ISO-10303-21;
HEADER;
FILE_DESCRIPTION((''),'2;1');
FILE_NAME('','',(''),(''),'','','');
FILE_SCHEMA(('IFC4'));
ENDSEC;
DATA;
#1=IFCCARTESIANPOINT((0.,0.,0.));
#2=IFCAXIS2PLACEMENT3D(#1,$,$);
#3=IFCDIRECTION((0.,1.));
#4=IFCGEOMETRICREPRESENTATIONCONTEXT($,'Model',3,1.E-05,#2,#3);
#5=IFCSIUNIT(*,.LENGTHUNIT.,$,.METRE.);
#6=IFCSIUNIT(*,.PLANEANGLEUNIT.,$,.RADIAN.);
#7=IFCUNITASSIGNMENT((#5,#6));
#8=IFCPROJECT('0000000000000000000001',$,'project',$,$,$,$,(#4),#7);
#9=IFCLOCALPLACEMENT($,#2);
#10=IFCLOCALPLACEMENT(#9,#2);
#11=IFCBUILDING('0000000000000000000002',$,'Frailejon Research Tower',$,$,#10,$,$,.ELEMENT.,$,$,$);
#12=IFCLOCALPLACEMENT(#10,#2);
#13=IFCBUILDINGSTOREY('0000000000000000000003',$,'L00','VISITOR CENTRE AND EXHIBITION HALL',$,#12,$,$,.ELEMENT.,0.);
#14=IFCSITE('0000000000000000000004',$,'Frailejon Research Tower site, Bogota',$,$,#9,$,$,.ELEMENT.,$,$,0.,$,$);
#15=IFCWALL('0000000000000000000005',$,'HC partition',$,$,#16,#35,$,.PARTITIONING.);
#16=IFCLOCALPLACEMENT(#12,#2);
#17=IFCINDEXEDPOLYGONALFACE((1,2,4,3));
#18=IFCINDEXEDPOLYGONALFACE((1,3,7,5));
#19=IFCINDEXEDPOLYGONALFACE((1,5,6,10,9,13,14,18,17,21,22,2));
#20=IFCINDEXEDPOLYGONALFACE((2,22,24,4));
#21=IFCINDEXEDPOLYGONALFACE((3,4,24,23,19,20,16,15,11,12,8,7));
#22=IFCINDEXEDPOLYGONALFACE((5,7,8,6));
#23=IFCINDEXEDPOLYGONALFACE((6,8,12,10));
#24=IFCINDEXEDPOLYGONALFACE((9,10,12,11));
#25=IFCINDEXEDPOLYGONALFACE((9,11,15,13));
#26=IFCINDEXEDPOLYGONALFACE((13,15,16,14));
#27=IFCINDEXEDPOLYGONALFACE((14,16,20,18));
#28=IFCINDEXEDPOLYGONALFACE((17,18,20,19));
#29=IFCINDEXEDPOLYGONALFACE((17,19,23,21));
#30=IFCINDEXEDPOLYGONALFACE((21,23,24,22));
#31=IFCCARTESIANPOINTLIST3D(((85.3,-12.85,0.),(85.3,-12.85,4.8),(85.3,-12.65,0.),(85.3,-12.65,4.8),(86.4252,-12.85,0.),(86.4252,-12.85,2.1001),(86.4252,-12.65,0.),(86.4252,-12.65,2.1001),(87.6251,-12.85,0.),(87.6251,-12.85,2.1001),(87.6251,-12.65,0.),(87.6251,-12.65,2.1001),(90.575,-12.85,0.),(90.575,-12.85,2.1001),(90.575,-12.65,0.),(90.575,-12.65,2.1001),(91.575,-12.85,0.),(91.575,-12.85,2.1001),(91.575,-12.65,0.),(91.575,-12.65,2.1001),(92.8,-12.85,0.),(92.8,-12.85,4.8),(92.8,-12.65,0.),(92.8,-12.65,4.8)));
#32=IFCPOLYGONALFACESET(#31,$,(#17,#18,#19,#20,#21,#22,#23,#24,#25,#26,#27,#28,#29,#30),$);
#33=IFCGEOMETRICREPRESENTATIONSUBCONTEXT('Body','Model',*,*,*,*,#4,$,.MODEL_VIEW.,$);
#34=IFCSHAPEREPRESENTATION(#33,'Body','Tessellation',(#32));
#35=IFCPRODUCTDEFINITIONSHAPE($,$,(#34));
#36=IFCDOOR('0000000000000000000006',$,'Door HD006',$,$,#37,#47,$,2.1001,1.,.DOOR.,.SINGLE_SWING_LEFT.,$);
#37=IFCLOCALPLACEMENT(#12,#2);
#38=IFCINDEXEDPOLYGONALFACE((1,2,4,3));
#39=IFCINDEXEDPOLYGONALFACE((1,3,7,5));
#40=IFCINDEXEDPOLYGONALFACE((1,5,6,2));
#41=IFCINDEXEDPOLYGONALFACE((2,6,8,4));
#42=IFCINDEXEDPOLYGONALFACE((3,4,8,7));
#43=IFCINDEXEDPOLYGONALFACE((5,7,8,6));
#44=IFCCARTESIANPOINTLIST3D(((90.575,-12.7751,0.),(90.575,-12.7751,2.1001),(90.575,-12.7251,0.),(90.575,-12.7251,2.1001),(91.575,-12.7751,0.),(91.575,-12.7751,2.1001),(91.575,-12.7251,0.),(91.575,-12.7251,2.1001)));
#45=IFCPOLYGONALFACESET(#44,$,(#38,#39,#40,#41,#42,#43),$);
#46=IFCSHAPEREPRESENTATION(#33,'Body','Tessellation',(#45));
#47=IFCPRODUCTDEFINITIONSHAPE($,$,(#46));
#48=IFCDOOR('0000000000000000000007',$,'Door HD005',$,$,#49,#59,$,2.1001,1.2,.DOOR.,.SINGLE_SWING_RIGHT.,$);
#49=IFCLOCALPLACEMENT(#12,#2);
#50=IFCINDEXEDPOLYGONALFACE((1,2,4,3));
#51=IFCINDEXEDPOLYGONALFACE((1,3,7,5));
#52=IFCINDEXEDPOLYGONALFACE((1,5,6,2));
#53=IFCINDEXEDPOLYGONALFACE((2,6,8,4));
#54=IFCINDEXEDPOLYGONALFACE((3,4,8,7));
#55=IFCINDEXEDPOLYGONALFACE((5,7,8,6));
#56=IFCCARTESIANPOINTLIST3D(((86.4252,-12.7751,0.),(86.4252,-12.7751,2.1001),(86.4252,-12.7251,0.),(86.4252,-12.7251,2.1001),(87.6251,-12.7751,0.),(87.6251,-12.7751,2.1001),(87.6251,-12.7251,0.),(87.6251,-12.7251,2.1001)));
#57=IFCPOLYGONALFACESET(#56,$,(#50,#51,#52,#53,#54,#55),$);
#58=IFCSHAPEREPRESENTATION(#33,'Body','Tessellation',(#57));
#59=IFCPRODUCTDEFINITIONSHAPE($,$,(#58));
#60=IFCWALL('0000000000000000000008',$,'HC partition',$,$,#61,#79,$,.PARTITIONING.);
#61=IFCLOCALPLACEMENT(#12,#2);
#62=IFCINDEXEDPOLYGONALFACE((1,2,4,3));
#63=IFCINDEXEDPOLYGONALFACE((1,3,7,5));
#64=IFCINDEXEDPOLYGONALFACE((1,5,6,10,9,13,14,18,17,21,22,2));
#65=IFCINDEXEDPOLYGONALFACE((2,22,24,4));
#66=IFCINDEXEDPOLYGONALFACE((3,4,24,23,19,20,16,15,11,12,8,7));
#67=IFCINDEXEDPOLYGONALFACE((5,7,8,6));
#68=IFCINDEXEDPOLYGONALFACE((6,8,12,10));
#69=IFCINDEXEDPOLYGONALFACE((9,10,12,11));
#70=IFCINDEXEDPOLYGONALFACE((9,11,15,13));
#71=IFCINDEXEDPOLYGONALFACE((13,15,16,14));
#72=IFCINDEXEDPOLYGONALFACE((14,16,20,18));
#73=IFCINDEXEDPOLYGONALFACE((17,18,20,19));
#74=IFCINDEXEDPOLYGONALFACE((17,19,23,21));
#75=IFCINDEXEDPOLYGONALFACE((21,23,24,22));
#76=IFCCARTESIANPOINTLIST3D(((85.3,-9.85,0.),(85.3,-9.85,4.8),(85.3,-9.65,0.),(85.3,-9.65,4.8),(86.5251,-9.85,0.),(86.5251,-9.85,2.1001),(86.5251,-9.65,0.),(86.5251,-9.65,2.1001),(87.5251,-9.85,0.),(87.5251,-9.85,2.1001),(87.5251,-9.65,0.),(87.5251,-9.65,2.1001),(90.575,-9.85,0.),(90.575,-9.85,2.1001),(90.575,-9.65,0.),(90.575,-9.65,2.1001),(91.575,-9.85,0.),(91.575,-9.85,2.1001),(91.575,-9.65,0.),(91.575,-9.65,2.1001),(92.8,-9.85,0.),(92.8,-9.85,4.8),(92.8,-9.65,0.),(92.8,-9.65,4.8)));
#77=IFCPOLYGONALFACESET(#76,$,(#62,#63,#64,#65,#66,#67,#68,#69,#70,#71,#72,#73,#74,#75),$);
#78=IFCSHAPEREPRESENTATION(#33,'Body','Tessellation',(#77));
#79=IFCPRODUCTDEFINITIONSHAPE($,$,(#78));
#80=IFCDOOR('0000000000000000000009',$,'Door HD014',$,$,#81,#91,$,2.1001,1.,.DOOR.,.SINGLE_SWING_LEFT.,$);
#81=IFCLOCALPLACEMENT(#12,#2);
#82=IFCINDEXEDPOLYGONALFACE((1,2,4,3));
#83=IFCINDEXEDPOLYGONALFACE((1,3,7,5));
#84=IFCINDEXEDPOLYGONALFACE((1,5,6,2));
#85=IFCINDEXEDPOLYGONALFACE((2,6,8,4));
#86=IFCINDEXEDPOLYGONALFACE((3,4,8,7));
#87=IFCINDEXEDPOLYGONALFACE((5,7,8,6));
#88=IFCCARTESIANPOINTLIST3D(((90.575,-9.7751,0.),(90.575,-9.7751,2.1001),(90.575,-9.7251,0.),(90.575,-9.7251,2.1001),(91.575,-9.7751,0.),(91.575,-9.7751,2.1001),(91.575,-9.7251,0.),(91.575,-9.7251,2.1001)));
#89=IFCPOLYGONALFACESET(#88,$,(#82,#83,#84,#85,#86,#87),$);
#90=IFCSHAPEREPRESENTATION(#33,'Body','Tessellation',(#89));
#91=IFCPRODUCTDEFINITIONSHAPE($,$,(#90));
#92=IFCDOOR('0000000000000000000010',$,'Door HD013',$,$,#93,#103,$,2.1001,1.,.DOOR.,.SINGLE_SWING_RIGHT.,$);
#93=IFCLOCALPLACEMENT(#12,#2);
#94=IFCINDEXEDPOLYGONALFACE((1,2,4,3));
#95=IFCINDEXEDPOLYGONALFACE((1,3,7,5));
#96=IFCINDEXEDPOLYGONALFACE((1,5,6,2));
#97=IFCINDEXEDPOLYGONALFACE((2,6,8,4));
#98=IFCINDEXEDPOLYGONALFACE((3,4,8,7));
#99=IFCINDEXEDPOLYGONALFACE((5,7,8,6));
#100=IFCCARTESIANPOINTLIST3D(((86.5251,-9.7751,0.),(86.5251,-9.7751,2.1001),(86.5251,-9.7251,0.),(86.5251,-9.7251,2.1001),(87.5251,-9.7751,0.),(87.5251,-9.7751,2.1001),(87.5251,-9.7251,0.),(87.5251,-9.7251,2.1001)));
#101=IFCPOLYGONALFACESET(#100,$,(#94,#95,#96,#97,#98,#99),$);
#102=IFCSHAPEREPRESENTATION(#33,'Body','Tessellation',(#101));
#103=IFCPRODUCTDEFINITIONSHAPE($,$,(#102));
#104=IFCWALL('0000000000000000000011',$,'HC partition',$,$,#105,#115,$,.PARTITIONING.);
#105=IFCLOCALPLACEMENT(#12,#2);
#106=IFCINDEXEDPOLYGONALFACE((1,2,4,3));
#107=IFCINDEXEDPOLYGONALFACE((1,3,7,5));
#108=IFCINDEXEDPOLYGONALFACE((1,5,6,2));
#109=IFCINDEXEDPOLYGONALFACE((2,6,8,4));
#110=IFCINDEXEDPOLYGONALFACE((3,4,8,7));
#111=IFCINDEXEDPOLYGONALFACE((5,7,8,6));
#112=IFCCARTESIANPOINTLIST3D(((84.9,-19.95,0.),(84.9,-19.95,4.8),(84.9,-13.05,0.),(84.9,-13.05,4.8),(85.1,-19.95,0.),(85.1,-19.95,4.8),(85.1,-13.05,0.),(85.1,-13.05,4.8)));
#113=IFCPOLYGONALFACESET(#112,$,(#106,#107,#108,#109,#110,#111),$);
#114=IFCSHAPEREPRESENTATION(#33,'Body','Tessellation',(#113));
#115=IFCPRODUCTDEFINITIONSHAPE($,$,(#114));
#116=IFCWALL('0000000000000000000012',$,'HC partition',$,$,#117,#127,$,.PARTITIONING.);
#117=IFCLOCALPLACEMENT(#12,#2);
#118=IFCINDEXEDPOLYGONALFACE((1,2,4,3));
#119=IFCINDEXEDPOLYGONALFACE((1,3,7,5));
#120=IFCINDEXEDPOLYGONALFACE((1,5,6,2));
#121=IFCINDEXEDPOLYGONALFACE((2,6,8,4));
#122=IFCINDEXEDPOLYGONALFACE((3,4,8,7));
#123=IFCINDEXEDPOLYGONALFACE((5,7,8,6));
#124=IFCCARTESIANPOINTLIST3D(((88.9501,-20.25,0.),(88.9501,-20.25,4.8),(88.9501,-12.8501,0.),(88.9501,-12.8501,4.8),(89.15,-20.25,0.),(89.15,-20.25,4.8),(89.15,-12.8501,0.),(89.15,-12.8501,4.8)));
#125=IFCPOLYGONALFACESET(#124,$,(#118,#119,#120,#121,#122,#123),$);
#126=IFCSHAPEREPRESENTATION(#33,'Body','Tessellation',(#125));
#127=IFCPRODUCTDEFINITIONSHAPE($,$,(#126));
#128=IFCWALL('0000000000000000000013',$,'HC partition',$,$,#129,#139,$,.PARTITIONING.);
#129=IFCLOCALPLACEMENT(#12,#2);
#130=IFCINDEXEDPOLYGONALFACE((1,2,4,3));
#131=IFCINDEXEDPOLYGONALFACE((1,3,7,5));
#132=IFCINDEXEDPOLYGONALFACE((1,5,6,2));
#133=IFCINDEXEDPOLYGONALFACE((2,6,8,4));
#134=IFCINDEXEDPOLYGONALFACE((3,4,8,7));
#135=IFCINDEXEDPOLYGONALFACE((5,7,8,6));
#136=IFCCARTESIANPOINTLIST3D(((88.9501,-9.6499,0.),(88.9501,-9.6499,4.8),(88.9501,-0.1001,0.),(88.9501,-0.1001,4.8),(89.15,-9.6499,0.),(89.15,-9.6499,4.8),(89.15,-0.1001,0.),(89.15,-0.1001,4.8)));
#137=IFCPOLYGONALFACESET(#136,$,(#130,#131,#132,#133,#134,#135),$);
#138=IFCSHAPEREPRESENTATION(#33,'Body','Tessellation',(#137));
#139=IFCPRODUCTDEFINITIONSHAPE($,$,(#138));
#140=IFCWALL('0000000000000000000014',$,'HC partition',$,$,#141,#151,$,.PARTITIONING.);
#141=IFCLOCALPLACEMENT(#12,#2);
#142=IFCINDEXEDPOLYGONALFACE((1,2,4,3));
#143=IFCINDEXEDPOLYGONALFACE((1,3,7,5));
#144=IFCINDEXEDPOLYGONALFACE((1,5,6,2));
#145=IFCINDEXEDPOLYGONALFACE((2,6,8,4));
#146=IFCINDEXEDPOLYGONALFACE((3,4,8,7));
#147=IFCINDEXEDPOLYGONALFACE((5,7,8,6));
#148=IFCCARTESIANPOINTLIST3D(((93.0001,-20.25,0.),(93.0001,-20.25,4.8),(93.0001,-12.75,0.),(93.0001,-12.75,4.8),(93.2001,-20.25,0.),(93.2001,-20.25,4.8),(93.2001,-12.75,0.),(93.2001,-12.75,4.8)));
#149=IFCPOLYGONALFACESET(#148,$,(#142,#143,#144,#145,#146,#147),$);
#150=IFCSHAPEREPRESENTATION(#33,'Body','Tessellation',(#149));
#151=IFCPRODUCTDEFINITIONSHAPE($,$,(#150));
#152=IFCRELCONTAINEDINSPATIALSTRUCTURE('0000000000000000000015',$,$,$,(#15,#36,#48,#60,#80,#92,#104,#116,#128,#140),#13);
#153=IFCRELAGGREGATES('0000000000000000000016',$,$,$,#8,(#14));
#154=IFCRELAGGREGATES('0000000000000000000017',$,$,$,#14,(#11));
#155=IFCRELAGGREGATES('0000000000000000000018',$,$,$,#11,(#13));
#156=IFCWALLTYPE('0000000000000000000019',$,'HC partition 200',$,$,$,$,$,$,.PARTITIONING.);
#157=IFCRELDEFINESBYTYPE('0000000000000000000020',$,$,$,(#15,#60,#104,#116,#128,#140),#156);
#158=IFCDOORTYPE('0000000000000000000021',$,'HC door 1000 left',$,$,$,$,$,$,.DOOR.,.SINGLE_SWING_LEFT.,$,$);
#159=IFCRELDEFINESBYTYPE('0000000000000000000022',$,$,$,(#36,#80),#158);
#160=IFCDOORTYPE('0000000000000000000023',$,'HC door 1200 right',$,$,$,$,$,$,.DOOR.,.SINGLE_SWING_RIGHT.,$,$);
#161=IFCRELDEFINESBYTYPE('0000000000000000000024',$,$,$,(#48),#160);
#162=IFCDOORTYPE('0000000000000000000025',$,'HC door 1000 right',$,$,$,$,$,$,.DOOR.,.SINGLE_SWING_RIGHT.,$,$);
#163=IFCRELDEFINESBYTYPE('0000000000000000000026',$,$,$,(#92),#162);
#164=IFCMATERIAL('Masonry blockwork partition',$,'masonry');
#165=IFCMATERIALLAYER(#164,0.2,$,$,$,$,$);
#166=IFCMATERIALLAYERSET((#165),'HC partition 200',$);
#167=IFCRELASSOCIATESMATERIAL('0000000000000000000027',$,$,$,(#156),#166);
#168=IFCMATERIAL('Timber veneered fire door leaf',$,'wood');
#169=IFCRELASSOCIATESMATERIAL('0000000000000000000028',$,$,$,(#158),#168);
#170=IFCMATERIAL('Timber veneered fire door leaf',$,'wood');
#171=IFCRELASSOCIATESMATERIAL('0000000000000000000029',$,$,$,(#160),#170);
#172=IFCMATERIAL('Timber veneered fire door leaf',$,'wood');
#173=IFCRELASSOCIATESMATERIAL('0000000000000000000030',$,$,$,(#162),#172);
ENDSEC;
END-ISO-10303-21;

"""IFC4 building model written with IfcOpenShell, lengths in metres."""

from ifc_helpers import new_model, si_unit, direction, frame, frame_2d, origin, place, context, subcontext, project, spatial, rectangle, extrude, material, layer, layer_set, type_object, element, fill, save


model = new_model("IFC4")

# Units and contexts
model_context = context("Model", 3, precision=1e-05, world=origin(), true_north=direction((0.0, 1.0)))
body_context = subcontext(model_context, "Body", "Model", "MODEL_VIEW")
ifc_project = project(units=[si_unit("LENGTHUNIT", "METRE"), si_unit("PLANEANGLEUNIT", "RADIAN")], contexts=[model_context])

# Site, building, storey
site_placement = place(None, origin())
site = spatial("IfcSite", under=ifc_project, at=site_placement, Name="Frailejon Research Tower site, Bogota", CompositionType="ELEMENT", RefElevation=0.0)
building_placement = place(site_placement, origin())
building = spatial("IfcBuilding", under=site, at=building_placement, Name="Frailejon Research Tower", CompositionType="ELEMENT")
storey_placement = place(building_placement, origin())
storey = spatial("IfcBuildingStorey", under=building, at=storey_placement, Name="L00", Description="VISITOR CENTRE AND EXHIBITION HALL", CompositionType="ELEMENT", Elevation=0.0)

# Walls, openings, doors
ifc_material_1 = material(Name="Masonry blockwork partition", Category="masonry")
ifc_layer = layer(ifc_material_1, 0.2)
ifc_layer_set = layer_set([ifc_layer], Name="HC partition 200")
wall_type = type_object("IfcWallType", Name="HC partition 200", PredefinedType="PARTITIONING", material=ifc_layer_set)
wall_1_placement = place(storey_placement, frame((85.3, -12.75, 0.0), z_axis=(0.0, 0.0, 1.0), x_axis=(1.0, 0.0, 0.0)))
wall_1 = element("IfcWall", 1, at=wall_1_placement, inside=storey, type_object=wall_type, Name="HC partition", PredefinedType="PARTITIONING", context=body_context, shape_type="SweptSolid", body=[
    extrude(rectangle(XDim=7.5, YDim=0.2, at=frame_2d((3.75, 0.0))), origin(), (0.0, 0.0, 1.0), 4.8),
])
opening_1_placement = place(wall_1_placement, frame((1.125, 0.0, 0.0)))
opening_1 = element("IfcOpeningElement", 2, at=opening_1_placement, cuts=wall_1, PredefinedType="OPENING", context=body_context, shape_type="SweptSolid", body=[
    extrude(rectangle(XDim=1.2, YDim=2.1001, at=frame_2d((0.6001, 1.05))), frame((0.0, 0.1099, 0.0), z_axis=(0.0, -1.0, 0.0), x_axis=(1.0, 0.0, 0.0)), (0.0, 0.0, 1.0), 0.22),
])
opening_2_placement = place(wall_1_placement, frame((5.2749, 0.0, 0.0)))
opening_2 = element("IfcOpeningElement", 3, at=opening_2_placement, cuts=wall_1, PredefinedType="OPENING", context=body_context, shape_type="SweptSolid", body=[
    extrude(rectangle(XDim=1.0, YDim=2.1001, at=frame_2d((0.5, 1.05))), frame((0.0, 0.1099, 0.0), z_axis=(0.0, -1.0, 0.0), x_axis=(1.0, 0.0, 0.0)), (0.0, 0.0, 1.0), 0.22),
])
ifc_material_2 = material(Name="Timber veneered fire door leaf", Category="wood")
door_type_1 = type_object("IfcDoorType", Name="HC door 1000 left", OperationType="SINGLE_SWING_LEFT", PredefinedType="DOOR", material=ifc_material_2)
door_1_placement = place(opening_2_placement, origin())
door_1 = element("IfcDoor", 4, at=door_1_placement, inside=storey, type_object=door_type_1, Name="Door HD006", OperationType="SINGLE_SWING_LEFT", OverallHeight=2.1001, OverallWidth=1.0, PredefinedType="DOOR", context=body_context, shape_type="SweptSolid", body=[
    extrude(rectangle(XDim=1.0, YDim=2.1001, at=frame_2d((0.5, 1.05))), frame((0.0, 0.0249, 0.0), z_axis=(0.0, -1.0, 0.0), x_axis=(1.0, 0.0, 0.0)), (0.0, 0.0, 1.0), 0.05),
])
fill(opening_2, door_1)
ifc_material_3 = material(Name="Timber veneered fire door leaf", Category="wood")
door_type_2 = type_object("IfcDoorType", Name="HC door 1200 right", OperationType="SINGLE_SWING_RIGHT", PredefinedType="DOOR", material=ifc_material_3)
door_2_placement = place(opening_1_placement, origin())
door_2 = element("IfcDoor", 5, at=door_2_placement, inside=storey, type_object=door_type_2, Name="Door HD005", OperationType="SINGLE_SWING_RIGHT", OverallHeight=2.1001, OverallWidth=1.2, PredefinedType="DOOR", context=body_context, shape_type="SweptSolid", body=[
    extrude(rectangle(XDim=1.2, YDim=2.1001, at=frame_2d((0.6001, 1.05))), frame((0.0, 0.0249, 0.0), z_axis=(0.0, -1.0, 0.0), x_axis=(1.0, 0.0, 0.0)), (0.0, 0.0, 1.0), 0.05),
])
fill(opening_1, door_2)
wall_2_placement = place(storey_placement, frame((85.3, -9.75, 0.0), z_axis=(0.0, 0.0, 1.0), x_axis=(1.0, 0.0, 0.0)))
wall_2 = element("IfcWall", 6, at=wall_2_placement, inside=storey, type_object=wall_type, Name="HC partition", PredefinedType="PARTITIONING", context=body_context, shape_type="SweptSolid", body=[
    extrude(rectangle(XDim=7.5, YDim=0.2, at=frame_2d((3.75, 0.0))), origin(), (0.0, 0.0, 1.0), 4.8),
])
opening_3_placement = place(wall_2_placement, frame((1.2251, 0.0, 0.0)))
opening_3 = element("IfcOpeningElement", 7, at=opening_3_placement, cuts=wall_2, PredefinedType="OPENING", context=body_context, shape_type="SweptSolid", body=[
    extrude(rectangle(XDim=1.0, YDim=2.1001, at=frame_2d((0.5, 1.05))), frame((0.0, 0.1099, 0.0), z_axis=(0.0, -1.0, 0.0), x_axis=(1.0, 0.0, 0.0)), (0.0, 0.0, 1.0), 0.22),
])
opening_4_placement = place(wall_2_placement, frame((5.2749, 0.0, 0.0)))
opening_4 = element("IfcOpeningElement", 8, at=opening_4_placement, cuts=wall_2, PredefinedType="OPENING", context=body_context, shape_type="SweptSolid", body=[
    extrude(rectangle(XDim=1.0, YDim=2.1001, at=frame_2d((0.5, 1.05))), frame((0.0, 0.1099, 0.0), z_axis=(0.0, -1.0, 0.0), x_axis=(1.0, 0.0, 0.0)), (0.0, 0.0, 1.0), 0.22),
])
door_3_placement = place(opening_4_placement, origin())
door_3 = element("IfcDoor", 9, at=door_3_placement, inside=storey, type_object=door_type_1, Name="Door HD014", OperationType="SINGLE_SWING_LEFT", OverallHeight=2.1001, OverallWidth=1.0, PredefinedType="DOOR", context=body_context, shape_type="SweptSolid", body=[
    extrude(rectangle(XDim=1.0, YDim=2.1001, at=frame_2d((0.5, 1.05))), frame((0.0, 0.0249, 0.0), z_axis=(0.0, -1.0, 0.0), x_axis=(1.0, 0.0, 0.0)), (0.0, 0.0, 1.0), 0.05),
])
fill(opening_4, door_3)
ifc_material_4 = material(Name="Timber veneered fire door leaf", Category="wood")
door_type_3 = type_object("IfcDoorType", Name="HC door 1000 right", OperationType="SINGLE_SWING_RIGHT", PredefinedType="DOOR", material=ifc_material_4)
door_4_placement = place(opening_3_placement, origin())
door_4 = element("IfcDoor", 10, at=door_4_placement, inside=storey, type_object=door_type_3, Name="Door HD013", OperationType="SINGLE_SWING_RIGHT", OverallHeight=2.1001, OverallWidth=1.0, PredefinedType="DOOR", context=body_context, shape_type="SweptSolid", body=[
    extrude(rectangle(XDim=1.0, YDim=2.1001, at=frame_2d((0.5, 1.05))), frame((0.0, 0.0249, 0.0), z_axis=(0.0, -1.0, 0.0), x_axis=(1.0, 0.0, 0.0)), (0.0, 0.0, 1.0), 0.05),
])
fill(opening_3, door_4)

# Walls
wall_3_placement = place(storey_placement, frame((85.0, -19.95, 0.0), z_axis=(0.0, 0.0, 1.0), x_axis=(0.0, 1.0, 0.0)))
element("IfcWall", 11, at=wall_3_placement, inside=storey, type_object=wall_type, Name="HC partition", PredefinedType="PARTITIONING", context=body_context, shape_type="SweptSolid", body=[
    extrude(rectangle(XDim=6.8999, YDim=0.2, at=frame_2d((3.45, 0.0))), origin(), (0.0, 0.0, 1.0), 4.8),
])
wall_4_placement = place(storey_placement, frame((89.05, -20.25, 0.0), z_axis=(0.0, 0.0, 1.0), x_axis=(0.0, 1.0, 0.0)))
element("IfcWall", 12, at=wall_4_placement, inside=storey, type_object=wall_type, Name="HC partition", PredefinedType="PARTITIONING", context=body_context, shape_type="SweptSolid", body=[
    extrude(rectangle(XDim=7.3999, YDim=0.2, at=frame_2d((3.7, 0.0))), origin(), (0.0, 0.0, 1.0), 4.8),
])
wall_5_placement = place(storey_placement, frame((89.05, -9.6499, 0.0), z_axis=(0.0, 0.0, 1.0), x_axis=(0.0, 1.0, 0.0)))
element("IfcWall", 13, at=wall_5_placement, inside=storey, type_object=wall_type, Name="HC partition", PredefinedType="PARTITIONING", context=body_context, shape_type="SweptSolid", body=[
    extrude(rectangle(XDim=9.5498, YDim=0.2, at=frame_2d((4.7749, 0.0))), origin(), (0.0, 0.0, 1.0), 4.8),
])
wall_6_placement = place(storey_placement, frame((93.1001, -20.25, 0.0), z_axis=(0.0, 0.0, 1.0), x_axis=(0.0, 1.0, 0.0)))
element("IfcWall", 14, at=wall_6_placement, inside=storey, type_object=wall_type, Name="HC partition", PredefinedType="PARTITIONING", context=body_context, shape_type="SweptSolid", body=[
    extrude(rectangle(XDim=7.5, YDim=0.2, at=frame_2d((3.75, 0.0))), origin(), (0.0, 0.0, 1.0), 4.8),
])

save(model, "model.ifc")
